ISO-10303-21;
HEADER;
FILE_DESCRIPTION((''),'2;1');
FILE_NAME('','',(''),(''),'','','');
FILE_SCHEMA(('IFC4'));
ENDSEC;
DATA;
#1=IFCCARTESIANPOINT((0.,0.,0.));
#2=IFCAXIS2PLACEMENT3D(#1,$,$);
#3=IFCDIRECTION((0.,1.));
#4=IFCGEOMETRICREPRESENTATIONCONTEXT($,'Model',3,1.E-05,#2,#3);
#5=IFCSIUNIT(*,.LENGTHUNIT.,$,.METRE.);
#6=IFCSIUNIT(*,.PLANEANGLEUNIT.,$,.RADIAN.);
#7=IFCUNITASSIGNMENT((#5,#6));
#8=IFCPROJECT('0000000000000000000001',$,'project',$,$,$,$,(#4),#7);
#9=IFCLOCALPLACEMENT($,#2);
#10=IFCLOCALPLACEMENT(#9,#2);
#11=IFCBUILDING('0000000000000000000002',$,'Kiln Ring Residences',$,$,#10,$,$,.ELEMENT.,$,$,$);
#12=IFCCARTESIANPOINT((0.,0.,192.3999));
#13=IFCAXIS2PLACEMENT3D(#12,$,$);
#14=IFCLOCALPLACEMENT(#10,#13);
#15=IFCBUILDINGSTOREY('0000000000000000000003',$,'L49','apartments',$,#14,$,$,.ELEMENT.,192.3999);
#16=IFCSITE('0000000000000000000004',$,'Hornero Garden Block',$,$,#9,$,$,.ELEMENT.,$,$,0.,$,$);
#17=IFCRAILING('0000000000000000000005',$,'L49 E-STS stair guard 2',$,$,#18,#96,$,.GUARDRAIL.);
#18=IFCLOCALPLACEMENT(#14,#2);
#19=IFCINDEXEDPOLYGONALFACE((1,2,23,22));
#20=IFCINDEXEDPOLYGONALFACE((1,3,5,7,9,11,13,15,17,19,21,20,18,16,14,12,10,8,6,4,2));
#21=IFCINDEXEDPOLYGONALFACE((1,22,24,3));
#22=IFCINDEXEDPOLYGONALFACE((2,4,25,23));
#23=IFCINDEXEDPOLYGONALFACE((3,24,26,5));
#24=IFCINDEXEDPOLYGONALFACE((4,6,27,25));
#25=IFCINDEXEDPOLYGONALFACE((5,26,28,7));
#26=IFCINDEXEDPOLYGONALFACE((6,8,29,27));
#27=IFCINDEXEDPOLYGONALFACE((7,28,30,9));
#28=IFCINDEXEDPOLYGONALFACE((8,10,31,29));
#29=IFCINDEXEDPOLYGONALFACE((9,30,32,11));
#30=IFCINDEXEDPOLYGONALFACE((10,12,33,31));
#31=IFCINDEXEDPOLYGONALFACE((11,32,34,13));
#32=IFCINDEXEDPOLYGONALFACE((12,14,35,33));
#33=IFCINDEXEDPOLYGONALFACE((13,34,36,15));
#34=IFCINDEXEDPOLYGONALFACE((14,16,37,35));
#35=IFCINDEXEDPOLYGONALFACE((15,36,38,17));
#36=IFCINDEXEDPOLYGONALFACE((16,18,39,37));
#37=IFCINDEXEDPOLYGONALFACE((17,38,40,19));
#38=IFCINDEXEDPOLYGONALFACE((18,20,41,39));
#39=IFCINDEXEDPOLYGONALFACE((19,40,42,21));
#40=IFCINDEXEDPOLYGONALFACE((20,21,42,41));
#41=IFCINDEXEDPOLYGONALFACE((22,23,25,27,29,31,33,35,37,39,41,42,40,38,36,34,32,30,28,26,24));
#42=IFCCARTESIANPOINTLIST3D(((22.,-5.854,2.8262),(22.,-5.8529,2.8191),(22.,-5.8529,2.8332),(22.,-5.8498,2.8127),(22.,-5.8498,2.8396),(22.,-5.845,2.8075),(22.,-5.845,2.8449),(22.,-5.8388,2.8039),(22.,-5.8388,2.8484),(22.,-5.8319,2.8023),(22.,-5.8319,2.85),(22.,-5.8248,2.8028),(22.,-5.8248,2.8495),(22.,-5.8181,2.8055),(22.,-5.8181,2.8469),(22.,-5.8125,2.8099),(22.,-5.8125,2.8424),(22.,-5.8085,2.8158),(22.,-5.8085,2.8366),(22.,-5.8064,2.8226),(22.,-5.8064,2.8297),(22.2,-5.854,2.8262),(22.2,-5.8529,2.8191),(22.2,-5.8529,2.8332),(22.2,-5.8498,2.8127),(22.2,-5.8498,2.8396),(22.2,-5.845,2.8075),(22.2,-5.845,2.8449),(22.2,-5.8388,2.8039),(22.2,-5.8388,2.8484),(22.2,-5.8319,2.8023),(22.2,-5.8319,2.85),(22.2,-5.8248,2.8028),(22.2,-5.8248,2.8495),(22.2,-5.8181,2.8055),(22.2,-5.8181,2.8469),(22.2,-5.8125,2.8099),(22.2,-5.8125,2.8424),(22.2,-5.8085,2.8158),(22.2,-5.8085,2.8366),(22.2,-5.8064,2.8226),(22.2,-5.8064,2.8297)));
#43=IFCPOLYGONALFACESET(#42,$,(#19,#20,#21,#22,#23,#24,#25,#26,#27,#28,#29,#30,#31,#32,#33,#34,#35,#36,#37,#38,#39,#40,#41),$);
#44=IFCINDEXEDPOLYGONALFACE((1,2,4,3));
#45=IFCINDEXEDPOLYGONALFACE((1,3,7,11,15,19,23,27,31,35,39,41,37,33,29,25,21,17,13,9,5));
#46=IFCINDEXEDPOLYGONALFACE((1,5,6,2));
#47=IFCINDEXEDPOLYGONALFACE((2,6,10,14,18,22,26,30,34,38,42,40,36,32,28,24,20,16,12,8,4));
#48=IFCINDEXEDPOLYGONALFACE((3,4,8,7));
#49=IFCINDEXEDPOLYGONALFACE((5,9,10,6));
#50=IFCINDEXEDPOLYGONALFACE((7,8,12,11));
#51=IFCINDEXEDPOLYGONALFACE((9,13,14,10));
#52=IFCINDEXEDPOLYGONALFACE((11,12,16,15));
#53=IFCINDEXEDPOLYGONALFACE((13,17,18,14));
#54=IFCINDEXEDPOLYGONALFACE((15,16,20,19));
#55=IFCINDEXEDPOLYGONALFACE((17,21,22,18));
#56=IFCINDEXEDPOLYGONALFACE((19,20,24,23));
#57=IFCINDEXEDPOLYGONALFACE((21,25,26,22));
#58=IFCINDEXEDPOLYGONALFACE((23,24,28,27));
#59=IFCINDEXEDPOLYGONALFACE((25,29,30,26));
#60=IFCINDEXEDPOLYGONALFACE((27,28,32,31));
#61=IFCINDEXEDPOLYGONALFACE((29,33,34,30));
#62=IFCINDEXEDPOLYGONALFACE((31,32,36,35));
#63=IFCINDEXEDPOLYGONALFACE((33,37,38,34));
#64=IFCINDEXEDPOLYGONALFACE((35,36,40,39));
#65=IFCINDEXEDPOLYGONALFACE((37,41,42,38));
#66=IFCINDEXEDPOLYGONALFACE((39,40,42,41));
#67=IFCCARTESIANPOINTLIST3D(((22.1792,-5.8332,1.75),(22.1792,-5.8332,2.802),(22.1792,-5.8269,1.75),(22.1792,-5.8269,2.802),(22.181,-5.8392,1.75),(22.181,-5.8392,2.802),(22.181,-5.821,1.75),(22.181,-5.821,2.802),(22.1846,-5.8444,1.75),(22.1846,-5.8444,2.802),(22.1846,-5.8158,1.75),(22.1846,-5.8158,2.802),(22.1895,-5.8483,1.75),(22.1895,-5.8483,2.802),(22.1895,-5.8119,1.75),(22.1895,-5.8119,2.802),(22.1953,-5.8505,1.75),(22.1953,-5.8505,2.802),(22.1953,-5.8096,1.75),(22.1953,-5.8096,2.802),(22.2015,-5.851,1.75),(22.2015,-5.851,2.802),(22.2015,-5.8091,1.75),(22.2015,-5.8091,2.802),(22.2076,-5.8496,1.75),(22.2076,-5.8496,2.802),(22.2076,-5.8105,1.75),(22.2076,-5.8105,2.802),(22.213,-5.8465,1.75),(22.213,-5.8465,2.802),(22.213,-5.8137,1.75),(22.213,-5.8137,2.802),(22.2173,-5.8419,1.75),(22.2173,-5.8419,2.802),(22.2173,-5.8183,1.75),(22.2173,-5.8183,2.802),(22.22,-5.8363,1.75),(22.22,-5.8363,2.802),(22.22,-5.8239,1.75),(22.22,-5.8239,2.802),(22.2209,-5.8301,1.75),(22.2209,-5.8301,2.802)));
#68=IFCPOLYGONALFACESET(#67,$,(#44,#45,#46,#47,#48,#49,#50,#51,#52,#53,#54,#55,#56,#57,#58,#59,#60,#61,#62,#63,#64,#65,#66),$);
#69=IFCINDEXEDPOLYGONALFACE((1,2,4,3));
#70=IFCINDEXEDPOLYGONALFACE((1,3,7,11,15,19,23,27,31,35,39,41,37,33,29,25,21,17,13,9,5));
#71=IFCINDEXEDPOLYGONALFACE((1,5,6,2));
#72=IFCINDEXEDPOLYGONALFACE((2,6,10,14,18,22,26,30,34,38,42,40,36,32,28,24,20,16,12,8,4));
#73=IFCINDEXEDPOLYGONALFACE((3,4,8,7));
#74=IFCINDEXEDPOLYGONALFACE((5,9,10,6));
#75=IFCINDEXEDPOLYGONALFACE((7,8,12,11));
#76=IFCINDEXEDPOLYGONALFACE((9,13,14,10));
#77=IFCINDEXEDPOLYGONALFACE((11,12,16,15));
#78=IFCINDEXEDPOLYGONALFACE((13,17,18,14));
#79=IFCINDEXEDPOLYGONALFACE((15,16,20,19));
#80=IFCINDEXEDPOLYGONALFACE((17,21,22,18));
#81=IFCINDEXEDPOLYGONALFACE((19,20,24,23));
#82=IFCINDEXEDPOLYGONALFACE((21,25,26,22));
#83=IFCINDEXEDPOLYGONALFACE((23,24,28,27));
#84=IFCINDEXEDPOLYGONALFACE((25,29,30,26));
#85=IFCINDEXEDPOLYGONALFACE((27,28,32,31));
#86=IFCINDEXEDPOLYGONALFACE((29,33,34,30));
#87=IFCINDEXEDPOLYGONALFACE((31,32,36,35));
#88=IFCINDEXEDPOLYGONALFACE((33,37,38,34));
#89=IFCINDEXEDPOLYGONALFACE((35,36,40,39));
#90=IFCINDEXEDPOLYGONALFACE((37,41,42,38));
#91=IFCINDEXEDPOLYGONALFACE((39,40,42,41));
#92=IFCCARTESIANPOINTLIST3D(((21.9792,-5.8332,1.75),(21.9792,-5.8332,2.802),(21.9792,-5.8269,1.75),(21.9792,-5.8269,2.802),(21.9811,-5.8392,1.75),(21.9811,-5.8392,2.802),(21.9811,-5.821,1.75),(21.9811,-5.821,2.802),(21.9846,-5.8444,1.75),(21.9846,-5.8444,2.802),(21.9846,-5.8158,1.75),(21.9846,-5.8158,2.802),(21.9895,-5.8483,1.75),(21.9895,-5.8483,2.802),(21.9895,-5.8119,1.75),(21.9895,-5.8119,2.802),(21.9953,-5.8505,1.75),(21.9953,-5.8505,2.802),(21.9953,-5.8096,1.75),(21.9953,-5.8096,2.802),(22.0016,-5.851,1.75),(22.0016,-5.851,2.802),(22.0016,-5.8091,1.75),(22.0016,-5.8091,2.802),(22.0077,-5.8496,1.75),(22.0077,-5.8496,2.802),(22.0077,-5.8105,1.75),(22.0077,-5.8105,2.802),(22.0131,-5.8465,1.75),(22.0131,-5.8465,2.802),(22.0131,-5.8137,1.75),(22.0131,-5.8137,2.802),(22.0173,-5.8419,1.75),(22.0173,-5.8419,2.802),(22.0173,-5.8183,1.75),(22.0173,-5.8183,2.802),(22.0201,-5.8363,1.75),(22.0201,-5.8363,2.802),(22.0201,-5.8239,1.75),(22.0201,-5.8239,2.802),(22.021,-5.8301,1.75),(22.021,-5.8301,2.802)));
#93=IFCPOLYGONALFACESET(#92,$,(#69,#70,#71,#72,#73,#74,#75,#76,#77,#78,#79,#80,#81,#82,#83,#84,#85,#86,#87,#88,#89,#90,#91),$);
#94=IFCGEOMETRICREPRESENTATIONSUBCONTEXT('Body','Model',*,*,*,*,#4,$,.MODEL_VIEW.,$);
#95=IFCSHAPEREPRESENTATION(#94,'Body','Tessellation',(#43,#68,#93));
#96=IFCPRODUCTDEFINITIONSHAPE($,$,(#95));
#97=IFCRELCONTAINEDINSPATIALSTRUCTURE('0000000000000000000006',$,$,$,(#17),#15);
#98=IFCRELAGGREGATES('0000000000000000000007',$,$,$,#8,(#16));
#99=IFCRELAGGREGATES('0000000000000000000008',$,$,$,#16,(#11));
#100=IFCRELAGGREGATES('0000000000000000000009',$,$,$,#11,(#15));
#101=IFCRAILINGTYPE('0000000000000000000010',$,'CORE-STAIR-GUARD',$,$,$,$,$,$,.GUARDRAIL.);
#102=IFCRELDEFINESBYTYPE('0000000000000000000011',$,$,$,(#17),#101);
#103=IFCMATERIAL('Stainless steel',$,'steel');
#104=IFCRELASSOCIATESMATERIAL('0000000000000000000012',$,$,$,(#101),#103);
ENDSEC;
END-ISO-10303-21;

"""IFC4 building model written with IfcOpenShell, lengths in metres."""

from ifc_helpers import new_model, si_unit, direction, frame, origin, origin_2d, place, context, subcontext, project, spatial, circle, extrude, material, type_object, element, save


model = new_model("IFC4")

# Units and contexts
model_context = context("Model", 3, precision=1e-05, world=origin(), true_north=direction((0.0, 1.0)))
body_context = subcontext(model_context, "Body", "Model", "MODEL_VIEW")
ifc_project = project(units=[si_unit("LENGTHUNIT", "METRE"), si_unit("PLANEANGLEUNIT", "RADIAN")], contexts=[model_context])

# Site, building, storey
site_placement = place(None, origin())
site = spatial("IfcSite", under=ifc_project, at=site_placement, Name="Hornero Garden Block", CompositionType="ELEMENT", RefElevation=0.0)
building_placement = place(site_placement, origin())
building = spatial("IfcBuilding", under=site, at=building_placement, Name="Kiln Ring Residences", CompositionType="ELEMENT")
storey_placement = place(building_placement, frame((0.0, 0.0, 192.3999)))
storey = spatial("IfcBuildingStorey", under=building, at=storey_placement, Name="L49", Description="apartments", CompositionType="ELEMENT", Elevation=192.3999)

# Railing
ifc_material_1 = material(Name="Stainless steel", Category="steel")
railing_type_1 = type_object("IfcRailingType", Name="CORE-STAIR-GUARD", PredefinedType="GUARDRAIL", material=ifc_material_1)
railing_1_placement = place(storey_placement, frame((22.2, -5.8301, 1.75)))
element("IfcRailing", 1, at=railing_1_placement, inside=storey, type_object=railing_type_1, Name="L49 E-STS stair guard 2", PredefinedType="GUARDRAIL", context=body_context, shape_type="SweptSolid", body=[
    extrude(circle(Radius=0.0239, at=origin_2d()), frame((0.0, 0.0, 1.0762), z_axis=(-1.0, 0.0, 0.0), x_axis=(0.0, -1.0, 0.0)), (0.0, 0.0, 1.0), 0.2),
    extrude(circle(Radius=0.021, at=origin_2d()), origin(), (0.0, 0.0, 1.0), 1.052),
    extrude(circle(Radius=0.021, at=origin_2d()), frame((-0.2, 0.0, 0.0)), (0.0, 0.0, 1.0), 1.052),
])

save(model, "model.ifc")
